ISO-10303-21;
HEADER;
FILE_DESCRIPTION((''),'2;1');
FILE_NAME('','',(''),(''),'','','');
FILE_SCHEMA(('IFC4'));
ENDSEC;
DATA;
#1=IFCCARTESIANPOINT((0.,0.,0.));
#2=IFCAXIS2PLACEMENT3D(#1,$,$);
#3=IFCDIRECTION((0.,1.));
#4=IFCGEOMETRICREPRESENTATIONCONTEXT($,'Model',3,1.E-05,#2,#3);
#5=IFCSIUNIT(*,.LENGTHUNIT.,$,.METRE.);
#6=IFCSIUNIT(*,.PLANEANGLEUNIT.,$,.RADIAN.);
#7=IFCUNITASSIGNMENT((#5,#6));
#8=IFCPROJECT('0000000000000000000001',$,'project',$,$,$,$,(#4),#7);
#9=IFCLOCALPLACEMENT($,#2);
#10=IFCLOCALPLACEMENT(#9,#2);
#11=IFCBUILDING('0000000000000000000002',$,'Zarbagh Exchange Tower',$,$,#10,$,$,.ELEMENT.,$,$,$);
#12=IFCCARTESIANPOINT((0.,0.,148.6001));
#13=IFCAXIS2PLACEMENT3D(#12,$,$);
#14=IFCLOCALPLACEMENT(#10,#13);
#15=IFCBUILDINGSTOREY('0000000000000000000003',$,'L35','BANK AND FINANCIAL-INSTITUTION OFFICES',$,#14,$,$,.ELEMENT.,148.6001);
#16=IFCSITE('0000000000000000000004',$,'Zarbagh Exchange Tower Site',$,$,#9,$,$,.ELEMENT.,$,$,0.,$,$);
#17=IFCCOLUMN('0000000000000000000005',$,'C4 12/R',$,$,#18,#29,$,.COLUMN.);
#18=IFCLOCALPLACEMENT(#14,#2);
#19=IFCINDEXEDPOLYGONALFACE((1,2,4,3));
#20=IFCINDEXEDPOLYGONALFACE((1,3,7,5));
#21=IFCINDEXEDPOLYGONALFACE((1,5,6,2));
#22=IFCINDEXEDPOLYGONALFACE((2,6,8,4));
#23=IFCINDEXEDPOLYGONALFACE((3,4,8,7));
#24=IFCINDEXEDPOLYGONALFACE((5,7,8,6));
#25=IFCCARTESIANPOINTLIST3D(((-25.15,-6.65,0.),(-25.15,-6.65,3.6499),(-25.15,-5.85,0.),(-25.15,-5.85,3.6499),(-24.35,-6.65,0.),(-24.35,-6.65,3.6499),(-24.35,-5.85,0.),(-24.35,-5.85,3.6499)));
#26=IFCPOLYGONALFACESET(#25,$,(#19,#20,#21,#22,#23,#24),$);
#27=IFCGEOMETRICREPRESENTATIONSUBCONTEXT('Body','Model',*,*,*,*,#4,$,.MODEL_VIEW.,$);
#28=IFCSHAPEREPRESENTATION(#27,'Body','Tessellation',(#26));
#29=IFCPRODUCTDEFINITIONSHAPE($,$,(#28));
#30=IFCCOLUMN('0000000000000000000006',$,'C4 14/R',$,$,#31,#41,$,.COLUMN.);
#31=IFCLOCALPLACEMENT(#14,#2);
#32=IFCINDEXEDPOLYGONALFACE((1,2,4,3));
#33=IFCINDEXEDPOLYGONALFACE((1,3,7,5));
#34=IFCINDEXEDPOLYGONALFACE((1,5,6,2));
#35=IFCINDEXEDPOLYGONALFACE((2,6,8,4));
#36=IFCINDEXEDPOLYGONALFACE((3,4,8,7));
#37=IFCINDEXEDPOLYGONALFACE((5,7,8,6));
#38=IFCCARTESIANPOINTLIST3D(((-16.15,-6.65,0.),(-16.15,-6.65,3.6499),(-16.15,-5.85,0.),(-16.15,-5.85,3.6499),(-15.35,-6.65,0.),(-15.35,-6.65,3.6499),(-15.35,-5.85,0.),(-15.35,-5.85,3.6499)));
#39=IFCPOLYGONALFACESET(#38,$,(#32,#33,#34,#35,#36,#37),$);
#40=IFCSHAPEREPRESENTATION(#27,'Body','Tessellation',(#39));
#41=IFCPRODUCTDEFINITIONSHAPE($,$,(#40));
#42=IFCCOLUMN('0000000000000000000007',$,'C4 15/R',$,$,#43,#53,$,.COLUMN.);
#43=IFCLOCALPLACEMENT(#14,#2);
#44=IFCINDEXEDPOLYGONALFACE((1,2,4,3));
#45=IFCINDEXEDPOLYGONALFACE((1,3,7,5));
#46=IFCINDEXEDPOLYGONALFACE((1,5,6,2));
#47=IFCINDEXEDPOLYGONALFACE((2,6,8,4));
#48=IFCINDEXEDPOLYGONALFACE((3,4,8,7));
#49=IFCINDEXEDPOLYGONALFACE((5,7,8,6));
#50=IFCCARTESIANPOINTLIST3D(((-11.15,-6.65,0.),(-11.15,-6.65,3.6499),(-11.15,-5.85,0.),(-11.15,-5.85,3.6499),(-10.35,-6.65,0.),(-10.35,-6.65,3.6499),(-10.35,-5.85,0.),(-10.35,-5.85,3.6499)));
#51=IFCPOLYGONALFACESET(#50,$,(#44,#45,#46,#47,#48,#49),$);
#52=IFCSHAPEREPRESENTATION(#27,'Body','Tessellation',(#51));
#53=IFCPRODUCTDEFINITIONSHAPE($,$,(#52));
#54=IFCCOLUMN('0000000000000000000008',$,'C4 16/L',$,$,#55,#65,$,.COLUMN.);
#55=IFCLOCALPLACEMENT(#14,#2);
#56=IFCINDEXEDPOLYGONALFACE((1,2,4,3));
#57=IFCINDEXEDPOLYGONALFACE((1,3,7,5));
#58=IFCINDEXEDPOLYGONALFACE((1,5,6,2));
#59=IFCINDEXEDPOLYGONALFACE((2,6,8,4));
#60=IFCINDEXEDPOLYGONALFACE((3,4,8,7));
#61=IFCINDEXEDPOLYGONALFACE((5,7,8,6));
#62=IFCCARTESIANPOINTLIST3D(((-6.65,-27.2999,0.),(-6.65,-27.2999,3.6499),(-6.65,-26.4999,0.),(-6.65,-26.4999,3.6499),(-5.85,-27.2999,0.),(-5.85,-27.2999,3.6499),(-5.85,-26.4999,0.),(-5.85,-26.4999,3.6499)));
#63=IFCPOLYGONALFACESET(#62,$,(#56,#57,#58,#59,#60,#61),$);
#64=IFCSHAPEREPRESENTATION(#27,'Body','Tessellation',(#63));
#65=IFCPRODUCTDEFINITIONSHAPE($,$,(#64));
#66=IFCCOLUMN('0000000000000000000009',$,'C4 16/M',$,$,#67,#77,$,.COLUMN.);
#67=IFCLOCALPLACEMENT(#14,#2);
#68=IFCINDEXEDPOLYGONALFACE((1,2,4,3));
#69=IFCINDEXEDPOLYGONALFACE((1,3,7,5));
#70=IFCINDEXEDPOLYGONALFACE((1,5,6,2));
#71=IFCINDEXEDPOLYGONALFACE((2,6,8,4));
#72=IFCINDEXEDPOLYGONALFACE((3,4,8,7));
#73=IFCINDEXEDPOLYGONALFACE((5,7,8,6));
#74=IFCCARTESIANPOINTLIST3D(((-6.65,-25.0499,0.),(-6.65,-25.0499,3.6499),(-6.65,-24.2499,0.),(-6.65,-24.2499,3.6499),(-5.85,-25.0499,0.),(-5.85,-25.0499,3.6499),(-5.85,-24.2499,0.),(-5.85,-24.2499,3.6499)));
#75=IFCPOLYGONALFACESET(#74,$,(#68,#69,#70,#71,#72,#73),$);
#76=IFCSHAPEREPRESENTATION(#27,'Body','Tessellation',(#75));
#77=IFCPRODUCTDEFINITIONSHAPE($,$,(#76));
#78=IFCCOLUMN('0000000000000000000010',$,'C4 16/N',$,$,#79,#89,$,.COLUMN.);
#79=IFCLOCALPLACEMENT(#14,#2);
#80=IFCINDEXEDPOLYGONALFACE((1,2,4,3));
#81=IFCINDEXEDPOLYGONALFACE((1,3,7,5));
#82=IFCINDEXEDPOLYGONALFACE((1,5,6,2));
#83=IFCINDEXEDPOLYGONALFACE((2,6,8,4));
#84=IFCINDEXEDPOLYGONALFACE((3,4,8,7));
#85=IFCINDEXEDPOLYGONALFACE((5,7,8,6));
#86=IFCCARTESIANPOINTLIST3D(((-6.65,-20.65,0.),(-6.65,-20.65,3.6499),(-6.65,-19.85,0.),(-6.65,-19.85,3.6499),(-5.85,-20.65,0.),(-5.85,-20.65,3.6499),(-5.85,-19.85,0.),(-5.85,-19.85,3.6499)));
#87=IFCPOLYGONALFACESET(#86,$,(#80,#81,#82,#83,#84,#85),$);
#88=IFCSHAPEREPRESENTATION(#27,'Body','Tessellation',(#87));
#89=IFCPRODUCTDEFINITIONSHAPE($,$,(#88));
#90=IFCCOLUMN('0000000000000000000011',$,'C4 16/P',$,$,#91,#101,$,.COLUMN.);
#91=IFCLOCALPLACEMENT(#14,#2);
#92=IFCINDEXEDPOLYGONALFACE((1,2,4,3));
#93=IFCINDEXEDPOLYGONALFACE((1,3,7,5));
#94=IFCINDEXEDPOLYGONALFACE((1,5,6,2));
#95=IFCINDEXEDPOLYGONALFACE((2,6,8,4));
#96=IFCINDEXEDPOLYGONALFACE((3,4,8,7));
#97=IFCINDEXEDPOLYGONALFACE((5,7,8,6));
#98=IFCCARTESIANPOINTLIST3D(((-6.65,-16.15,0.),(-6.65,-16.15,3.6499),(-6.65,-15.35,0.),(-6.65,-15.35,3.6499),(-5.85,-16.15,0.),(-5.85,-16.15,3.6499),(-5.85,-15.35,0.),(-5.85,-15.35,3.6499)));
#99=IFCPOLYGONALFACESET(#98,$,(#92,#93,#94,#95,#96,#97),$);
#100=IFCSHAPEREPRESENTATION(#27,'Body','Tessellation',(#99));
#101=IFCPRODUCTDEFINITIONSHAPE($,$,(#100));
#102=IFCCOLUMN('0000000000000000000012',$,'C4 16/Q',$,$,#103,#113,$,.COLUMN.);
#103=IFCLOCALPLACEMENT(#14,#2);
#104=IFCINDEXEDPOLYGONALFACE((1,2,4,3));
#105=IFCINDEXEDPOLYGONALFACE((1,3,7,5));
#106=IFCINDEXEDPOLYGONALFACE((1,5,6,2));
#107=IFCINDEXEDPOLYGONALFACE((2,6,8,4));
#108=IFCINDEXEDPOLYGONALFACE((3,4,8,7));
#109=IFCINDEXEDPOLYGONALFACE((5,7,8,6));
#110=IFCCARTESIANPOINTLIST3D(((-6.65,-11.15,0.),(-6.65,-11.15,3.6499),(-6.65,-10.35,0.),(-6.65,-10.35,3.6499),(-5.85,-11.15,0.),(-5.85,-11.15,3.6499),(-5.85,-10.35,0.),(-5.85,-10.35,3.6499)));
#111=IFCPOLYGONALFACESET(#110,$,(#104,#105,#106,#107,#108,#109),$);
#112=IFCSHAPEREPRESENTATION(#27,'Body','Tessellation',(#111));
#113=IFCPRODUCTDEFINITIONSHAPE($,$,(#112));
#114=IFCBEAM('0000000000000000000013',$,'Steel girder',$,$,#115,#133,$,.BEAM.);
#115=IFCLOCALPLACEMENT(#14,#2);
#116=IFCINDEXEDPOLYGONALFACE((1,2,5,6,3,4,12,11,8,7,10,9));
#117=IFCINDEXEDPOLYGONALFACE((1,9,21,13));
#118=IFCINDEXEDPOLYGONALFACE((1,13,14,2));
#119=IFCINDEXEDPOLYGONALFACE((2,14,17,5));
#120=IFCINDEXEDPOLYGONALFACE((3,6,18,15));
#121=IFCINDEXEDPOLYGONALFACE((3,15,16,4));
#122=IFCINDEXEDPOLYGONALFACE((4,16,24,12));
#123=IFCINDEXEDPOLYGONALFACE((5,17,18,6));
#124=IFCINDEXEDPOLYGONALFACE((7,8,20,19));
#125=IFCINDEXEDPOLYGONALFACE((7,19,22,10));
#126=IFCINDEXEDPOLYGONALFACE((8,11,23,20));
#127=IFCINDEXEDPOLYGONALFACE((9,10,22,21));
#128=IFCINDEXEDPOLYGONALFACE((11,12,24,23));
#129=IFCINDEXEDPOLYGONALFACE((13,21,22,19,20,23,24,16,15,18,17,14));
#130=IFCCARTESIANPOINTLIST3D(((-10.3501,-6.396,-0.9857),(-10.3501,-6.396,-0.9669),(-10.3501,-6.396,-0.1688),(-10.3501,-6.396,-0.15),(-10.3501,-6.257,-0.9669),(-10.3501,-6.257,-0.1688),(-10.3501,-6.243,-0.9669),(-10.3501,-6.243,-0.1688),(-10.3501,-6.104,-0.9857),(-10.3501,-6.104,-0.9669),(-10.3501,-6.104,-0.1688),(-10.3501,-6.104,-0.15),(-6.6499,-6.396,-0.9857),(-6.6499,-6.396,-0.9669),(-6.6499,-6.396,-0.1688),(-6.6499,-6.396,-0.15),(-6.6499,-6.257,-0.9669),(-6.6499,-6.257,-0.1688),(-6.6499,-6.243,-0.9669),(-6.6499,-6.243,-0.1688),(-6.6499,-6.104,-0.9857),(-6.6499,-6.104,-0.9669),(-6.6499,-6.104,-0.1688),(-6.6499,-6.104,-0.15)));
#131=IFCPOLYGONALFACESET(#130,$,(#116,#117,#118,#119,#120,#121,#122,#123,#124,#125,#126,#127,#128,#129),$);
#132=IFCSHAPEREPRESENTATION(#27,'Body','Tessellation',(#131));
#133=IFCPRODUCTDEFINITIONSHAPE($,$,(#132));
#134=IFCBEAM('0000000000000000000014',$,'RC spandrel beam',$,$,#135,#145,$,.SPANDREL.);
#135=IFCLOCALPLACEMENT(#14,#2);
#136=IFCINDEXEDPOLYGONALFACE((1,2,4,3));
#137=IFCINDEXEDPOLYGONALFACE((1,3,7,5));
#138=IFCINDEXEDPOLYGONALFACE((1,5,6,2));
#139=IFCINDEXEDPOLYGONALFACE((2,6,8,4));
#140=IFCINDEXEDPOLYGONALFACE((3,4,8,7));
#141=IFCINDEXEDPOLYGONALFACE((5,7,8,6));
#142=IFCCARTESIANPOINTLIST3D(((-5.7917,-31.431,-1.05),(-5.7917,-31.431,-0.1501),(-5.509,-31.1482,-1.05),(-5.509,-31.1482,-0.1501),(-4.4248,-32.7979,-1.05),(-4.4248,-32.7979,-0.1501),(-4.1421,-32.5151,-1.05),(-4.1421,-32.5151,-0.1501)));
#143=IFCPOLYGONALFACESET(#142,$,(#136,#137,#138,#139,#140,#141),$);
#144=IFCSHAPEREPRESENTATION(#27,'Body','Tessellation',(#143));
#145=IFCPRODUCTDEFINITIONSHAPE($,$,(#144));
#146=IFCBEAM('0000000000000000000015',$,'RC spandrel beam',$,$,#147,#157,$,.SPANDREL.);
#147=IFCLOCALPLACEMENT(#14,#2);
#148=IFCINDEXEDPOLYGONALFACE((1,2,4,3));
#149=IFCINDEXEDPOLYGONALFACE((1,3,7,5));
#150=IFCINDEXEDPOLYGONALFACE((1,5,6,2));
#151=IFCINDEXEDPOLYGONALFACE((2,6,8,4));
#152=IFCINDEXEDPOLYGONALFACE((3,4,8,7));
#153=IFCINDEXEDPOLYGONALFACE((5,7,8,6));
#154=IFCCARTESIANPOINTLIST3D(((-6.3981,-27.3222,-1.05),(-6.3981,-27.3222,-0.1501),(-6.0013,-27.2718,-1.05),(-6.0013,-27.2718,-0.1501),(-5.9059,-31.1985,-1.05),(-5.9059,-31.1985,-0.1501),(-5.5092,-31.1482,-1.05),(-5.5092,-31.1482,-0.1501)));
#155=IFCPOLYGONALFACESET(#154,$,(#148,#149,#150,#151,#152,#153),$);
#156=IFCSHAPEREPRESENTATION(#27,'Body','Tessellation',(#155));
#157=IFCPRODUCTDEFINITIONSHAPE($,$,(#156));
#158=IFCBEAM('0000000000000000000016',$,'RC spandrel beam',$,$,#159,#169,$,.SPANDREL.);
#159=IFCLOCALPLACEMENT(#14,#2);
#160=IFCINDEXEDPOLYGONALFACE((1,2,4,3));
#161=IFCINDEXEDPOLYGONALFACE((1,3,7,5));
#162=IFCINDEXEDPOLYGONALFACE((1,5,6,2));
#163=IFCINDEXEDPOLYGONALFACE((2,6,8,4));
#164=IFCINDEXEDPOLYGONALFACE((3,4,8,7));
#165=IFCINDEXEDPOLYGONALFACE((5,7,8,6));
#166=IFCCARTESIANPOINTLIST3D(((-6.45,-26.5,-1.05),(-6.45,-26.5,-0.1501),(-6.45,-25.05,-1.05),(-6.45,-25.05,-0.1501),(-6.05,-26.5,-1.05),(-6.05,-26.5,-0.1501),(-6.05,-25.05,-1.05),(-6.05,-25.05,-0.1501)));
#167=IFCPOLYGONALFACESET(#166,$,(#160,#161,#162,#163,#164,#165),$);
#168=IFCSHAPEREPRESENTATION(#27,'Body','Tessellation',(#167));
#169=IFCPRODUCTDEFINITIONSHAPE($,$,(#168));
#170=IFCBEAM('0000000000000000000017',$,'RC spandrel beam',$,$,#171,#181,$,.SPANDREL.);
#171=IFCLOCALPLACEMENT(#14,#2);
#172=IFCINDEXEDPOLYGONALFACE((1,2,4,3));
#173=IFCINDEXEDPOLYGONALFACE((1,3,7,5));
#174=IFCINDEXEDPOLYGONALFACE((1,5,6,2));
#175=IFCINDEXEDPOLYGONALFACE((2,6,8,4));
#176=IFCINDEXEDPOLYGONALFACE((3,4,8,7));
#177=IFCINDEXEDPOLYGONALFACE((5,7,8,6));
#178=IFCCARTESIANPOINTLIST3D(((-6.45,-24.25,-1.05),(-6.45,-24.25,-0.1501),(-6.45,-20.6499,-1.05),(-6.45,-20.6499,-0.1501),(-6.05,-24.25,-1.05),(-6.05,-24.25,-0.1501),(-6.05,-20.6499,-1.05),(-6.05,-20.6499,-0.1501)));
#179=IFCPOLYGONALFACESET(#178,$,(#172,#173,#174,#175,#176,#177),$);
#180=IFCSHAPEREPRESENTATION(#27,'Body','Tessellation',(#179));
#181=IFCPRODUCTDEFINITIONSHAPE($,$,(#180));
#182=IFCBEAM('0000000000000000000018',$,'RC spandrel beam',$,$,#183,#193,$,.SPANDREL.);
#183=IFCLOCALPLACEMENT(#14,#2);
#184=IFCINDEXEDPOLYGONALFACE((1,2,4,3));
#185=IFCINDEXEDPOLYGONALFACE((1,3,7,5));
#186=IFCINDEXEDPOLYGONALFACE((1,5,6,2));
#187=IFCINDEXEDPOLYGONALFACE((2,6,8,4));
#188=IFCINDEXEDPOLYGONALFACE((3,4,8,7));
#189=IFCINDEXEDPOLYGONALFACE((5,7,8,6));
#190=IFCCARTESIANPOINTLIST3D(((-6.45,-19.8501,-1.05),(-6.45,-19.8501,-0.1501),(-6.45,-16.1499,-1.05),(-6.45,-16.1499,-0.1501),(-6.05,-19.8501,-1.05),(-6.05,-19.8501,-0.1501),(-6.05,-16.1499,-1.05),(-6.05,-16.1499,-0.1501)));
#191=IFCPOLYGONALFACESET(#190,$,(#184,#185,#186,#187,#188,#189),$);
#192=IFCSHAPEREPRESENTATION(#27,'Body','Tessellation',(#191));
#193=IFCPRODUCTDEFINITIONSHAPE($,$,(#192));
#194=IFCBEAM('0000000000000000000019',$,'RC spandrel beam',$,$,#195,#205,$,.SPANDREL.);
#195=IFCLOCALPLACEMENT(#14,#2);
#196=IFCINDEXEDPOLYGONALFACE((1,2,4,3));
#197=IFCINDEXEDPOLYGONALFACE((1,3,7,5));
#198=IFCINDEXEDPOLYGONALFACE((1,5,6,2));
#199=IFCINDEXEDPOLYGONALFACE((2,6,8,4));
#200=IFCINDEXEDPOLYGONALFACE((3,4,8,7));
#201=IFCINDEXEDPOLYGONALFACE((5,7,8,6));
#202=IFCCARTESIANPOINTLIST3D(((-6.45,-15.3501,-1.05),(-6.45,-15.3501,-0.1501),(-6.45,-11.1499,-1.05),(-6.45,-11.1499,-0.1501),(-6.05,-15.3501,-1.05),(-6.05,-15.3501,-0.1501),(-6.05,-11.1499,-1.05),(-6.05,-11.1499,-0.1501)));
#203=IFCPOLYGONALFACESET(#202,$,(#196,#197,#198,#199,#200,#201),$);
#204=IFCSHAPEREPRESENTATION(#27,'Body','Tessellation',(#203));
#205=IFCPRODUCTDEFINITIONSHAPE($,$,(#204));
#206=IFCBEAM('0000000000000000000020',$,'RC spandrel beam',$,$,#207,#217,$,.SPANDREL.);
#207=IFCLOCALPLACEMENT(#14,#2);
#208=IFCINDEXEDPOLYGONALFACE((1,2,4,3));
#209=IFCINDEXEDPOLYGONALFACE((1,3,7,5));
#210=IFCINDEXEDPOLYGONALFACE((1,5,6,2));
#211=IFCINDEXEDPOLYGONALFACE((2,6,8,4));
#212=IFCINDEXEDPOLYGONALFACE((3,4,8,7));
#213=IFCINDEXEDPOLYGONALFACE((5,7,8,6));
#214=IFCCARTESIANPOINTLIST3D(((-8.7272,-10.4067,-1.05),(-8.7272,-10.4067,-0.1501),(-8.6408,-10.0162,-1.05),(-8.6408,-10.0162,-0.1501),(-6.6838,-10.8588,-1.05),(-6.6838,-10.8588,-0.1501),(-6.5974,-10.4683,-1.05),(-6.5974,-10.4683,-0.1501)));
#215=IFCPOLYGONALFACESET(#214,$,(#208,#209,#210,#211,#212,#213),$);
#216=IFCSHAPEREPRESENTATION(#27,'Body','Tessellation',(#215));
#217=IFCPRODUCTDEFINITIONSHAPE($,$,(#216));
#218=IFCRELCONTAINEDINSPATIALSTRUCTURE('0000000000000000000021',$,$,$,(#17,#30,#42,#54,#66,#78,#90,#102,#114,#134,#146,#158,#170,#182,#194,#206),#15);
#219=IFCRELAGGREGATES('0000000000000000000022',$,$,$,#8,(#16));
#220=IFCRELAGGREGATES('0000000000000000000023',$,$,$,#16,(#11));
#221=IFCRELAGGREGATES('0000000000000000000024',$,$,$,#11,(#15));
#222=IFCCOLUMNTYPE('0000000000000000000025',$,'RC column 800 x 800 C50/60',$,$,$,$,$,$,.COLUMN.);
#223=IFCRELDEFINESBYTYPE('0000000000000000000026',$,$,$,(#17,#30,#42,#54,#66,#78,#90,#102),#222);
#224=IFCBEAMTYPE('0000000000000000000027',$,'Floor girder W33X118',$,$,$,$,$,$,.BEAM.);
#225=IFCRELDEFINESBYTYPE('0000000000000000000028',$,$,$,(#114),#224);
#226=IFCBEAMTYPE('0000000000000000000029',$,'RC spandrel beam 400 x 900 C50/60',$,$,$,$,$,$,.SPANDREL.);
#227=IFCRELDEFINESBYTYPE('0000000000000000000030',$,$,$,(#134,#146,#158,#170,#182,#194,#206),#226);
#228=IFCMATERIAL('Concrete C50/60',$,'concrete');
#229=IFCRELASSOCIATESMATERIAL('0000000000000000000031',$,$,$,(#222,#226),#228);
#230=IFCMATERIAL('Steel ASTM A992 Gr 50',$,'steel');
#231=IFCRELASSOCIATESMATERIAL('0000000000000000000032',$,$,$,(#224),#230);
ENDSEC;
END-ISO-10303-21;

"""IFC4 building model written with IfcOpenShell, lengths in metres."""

from ifc_helpers import new_model, si_unit, direction, frame, origin, origin_2d, place, context, subcontext, project, spatial, rectangle, i_section, extrude, material, material_profile, profile_set, type_object, element, save


model = new_model("IFC4")

# Units and contexts
model_context = context("Model", 3, precision=1e-05, world=origin(), true_north=direction((0.0, 1.0)))
body_context = subcontext(model_context, "Body", "Model", "MODEL_VIEW")
ifc_project = project(units=[si_unit("LENGTHUNIT", "METRE"), si_unit("PLANEANGLEUNIT", "RADIAN")], contexts=[model_context])

# Site, building, storey
site_placement = place(None, origin())
site = spatial("IfcSite", under=ifc_project, at=site_placement, Name="Zarbagh Exchange Tower Site", CompositionType="ELEMENT", RefElevation=0.0)
building_placement = place(site_placement, origin())
building = spatial("IfcBuilding", under=site, at=building_placement, Name="Zarbagh Exchange Tower", CompositionType="ELEMENT")
storey_placement = place(building_placement, frame((0.0, 0.0, 148.6001)))
storey = spatial("IfcBuildingStorey", under=building, at=storey_placement, Name="L35", Description="BANK AND FINANCIAL-INSTITUTION OFFICES", CompositionType="ELEMENT", Elevation=148.6001)

# Columns
ifc_material_1 = material(Name="Concrete C50/60", Category="concrete")
ifc_material_profile_1 = material_profile(ifc_material_1, rectangle(XDim=0.8, YDim=0.8, at=origin_2d()), Name="RC column 800 x 800 C50/60")
ifc_profile_set_1 = profile_set([ifc_material_profile_1], Name="Concrete C50/60")
column_type = type_object("IfcColumnType", Name="RC column 800 x 800 C50/60", PredefinedType="COLUMN", material=ifc_profile_set_1)
for number, where, z_axis, x_axis, name in (
    (1, (-24.75, -6.25, 0.0), (0.0, 0.0, 1.0), (1.0, 0.0, 0.0), "C4 12/R"),
    (2, (-15.75, -6.25, 0.0), (0.0, 0.0, 1.0), (1.0, 0.0, 0.0), "C4 14/R"),
    (3, (-10.75, -6.25, 0.0), (0.0, 0.0, 1.0), (1.0, 0.0, 0.0), "C4 15/R"),
    (4, (-6.25, -26.8999, 0.0), (0.0, 0.0, 1.0), (1.0, 0.0, 0.0), "C4 16/L"),
    (5, (-6.25, -24.6499, 0.0), (0.0, 0.0, 1.0), (1.0, 0.0, 0.0), "C4 16/M"),
    (6, (-6.25, -20.25, 0.0), (0.0, 0.0, 1.0), (1.0, 0.0, 0.0), "C4 16/N"),
    (7, (-6.25, -15.75, 0.0), (0.0, 0.0, 1.0), (1.0, 0.0, 0.0), "C4 16/P"),
    (8, (-6.25, -10.75, 0.0), (0.0, 0.0, 1.0), (1.0, 0.0, 0.0), "C4 16/Q"),
):
    element("IfcColumn", number, at=place(storey_placement, frame(where, z_axis=z_axis, x_axis=x_axis)), inside=storey, type_object=column_type, Name=name, PredefinedType="COLUMN", context=body_context, shape_type="SweptSolid", body=[
        extrude(rectangle(XDim=0.8, YDim=0.8, at=origin_2d()), origin(), (0.0, 0.0, 1.0), 3.6499),
    ])

# Beams
ifc_material_2 = material(Name="Steel ASTM A992 Gr 50", Category="steel")
ifc_material_profile_2 = material_profile(ifc_material_2, i_section(OverallWidth=0.292, OverallDepth=0.8357, WebThickness=0.0139, FlangeThickness=0.0188, at=origin_2d()), Name="W33X118")
ifc_profile_set_2 = profile_set([ifc_material_profile_2], Name="Steel ASTM A992 Gr 50")
beam_type_1 = type_object("IfcBeamType", Name="Floor girder W33X118", PredefinedType="BEAM", material=ifc_profile_set_2)
beam_1_placement = place(storey_placement, frame((-10.3501, -6.25, -0.5679), z_axis=(1.0, 0.0, 0.0), x_axis=(0.0, 1.0, 0.0)))
element("IfcBeam", 9, at=beam_1_placement, inside=storey, type_object=beam_type_1, Name="Steel girder", PredefinedType="BEAM", context=body_context, shape_type="SweptSolid", body=[
    extrude(i_section(OverallWidth=0.292, OverallDepth=0.8357, WebThickness=0.0139, FlangeThickness=0.0188, at=origin_2d()), origin(), (0.0, 0.0, 1.0), 3.7002),
])
ifc_material_profile_3 = material_profile(ifc_material_1, rectangle(XDim=0.3999, YDim=0.8999, at=origin_2d()), Name="RC spandrel beam 400 x 900 C50/60")
ifc_profile_set_3 = profile_set([ifc_material_profile_3], Name="Concrete C50/60")
beam_type_2 = type_object("IfcBeamType", Name="RC spandrel beam 400 x 900 C50/60", PredefinedType="SPANDREL", material=ifc_profile_set_3)
beam_2_placement = place(storey_placement, frame((-4.2834, -32.6565, -0.6001), z_axis=(-0.707107, 0.707107, 0.0), x_axis=(-0.707107, -0.707107, 0.0)))
element("IfcBeam", 10, at=beam_2_placement, inside=storey, type_object=beam_type_2, Name="RC spandrel beam", PredefinedType="SPANDREL", context=body_context, shape_type="SweptSolid", body=[
    extrude(rectangle(XDim=0.3999, YDim=0.8999, at=origin_2d()), origin(), (0.0, 0.0, 1.0), 1.9331),
])
beam_3_placement = place(storey_placement, frame((-5.7075, -31.1733, -0.6001), z_axis=(-0.125957, 0.992036, 0.0), x_axis=(-0.992036, -0.125957, 0.0)))
element("IfcBeam", 11, at=beam_3_placement, inside=storey, type_object=beam_type_2, Name="RC spandrel beam", PredefinedType="SPANDREL", context=body_context, shape_type="SweptSolid", body=[
    extrude(rectangle(XDim=0.3999, YDim=0.8999, at=origin_2d()), origin(), (0.0, 0.0, 1.0), 3.9075),
])
beam_4_placement = place(storey_placement, frame((-6.25, -26.5, -0.6001), z_axis=(0.0, 1.0, 0.0), x_axis=(-1.0, 0.0, 0.0)))
element("IfcBeam", 12, at=beam_4_placement, inside=storey, type_object=beam_type_2, Name="RC spandrel beam", PredefinedType="SPANDREL", context=body_context, shape_type="SweptSolid", body=[
    extrude(rectangle(XDim=0.3999, YDim=0.8999, at=origin_2d()), origin(), (0.0, 0.0, 1.0), 1.45),
])
beam_5_placement = place(storey_placement, frame((-6.25, -24.25, -0.6001), z_axis=(0.0, 1.0, 0.0), x_axis=(-1.0, 0.0, 0.0)))
element("IfcBeam", 13, at=beam_5_placement, inside=storey, type_object=beam_type_2, Name="RC spandrel beam", PredefinedType="SPANDREL", context=body_context, shape_type="SweptSolid", body=[
    extrude(rectangle(XDim=0.3999, YDim=0.8999, at=origin_2d()), origin(), (0.0, 0.0, 1.0), 3.6001),
])
beam_6_placement = place(storey_placement, frame((-6.25, -19.8501, -0.6001), z_axis=(0.0, 1.0, 0.0), x_axis=(-1.0, 0.0, 0.0)))
element("IfcBeam", 14, at=beam_6_placement, inside=storey, type_object=beam_type_2, Name="RC spandrel beam", PredefinedType="SPANDREL", context=body_context, shape_type="SweptSolid", body=[
    extrude(rectangle(XDim=0.3999, YDim=0.8999, at=origin_2d()), origin(), (0.0, 0.0, 1.0), 3.7002),
])
beam_7_placement = place(storey_placement, frame((-6.25, -15.3501, -0.6001), z_axis=(0.0, 1.0, 0.0), x_axis=(-1.0, 0.0, 0.0)))
element("IfcBeam", 15, at=beam_7_placement, inside=storey, type_object=beam_type_2, Name="RC spandrel beam", PredefinedType="SPANDREL", context=body_context, shape_type="SweptSolid", body=[
    extrude(rectangle(XDim=0.3999, YDim=0.8999, at=origin_2d()), origin(), (0.0, 0.0, 1.0), 4.2002),
])
beam_8_placement = place(storey_placement, frame((-6.6406, -10.6636, -0.6001), z_axis=(-0.976384, 0.216041, 0.0), x_axis=(-0.216041, -0.976384, 0.0)))
element("IfcBeam", 16, at=beam_8_placement, inside=storey, type_object=beam_type_2, Name="RC spandrel beam", PredefinedType="SPANDREL", context=body_context, shape_type="SweptSolid", body=[
    extrude(rectangle(XDim=0.3999, YDim=0.8999, at=origin_2d()), origin(), (0.0, 0.0, 1.0), 2.0928),
])

save(model, "model.ifc")
